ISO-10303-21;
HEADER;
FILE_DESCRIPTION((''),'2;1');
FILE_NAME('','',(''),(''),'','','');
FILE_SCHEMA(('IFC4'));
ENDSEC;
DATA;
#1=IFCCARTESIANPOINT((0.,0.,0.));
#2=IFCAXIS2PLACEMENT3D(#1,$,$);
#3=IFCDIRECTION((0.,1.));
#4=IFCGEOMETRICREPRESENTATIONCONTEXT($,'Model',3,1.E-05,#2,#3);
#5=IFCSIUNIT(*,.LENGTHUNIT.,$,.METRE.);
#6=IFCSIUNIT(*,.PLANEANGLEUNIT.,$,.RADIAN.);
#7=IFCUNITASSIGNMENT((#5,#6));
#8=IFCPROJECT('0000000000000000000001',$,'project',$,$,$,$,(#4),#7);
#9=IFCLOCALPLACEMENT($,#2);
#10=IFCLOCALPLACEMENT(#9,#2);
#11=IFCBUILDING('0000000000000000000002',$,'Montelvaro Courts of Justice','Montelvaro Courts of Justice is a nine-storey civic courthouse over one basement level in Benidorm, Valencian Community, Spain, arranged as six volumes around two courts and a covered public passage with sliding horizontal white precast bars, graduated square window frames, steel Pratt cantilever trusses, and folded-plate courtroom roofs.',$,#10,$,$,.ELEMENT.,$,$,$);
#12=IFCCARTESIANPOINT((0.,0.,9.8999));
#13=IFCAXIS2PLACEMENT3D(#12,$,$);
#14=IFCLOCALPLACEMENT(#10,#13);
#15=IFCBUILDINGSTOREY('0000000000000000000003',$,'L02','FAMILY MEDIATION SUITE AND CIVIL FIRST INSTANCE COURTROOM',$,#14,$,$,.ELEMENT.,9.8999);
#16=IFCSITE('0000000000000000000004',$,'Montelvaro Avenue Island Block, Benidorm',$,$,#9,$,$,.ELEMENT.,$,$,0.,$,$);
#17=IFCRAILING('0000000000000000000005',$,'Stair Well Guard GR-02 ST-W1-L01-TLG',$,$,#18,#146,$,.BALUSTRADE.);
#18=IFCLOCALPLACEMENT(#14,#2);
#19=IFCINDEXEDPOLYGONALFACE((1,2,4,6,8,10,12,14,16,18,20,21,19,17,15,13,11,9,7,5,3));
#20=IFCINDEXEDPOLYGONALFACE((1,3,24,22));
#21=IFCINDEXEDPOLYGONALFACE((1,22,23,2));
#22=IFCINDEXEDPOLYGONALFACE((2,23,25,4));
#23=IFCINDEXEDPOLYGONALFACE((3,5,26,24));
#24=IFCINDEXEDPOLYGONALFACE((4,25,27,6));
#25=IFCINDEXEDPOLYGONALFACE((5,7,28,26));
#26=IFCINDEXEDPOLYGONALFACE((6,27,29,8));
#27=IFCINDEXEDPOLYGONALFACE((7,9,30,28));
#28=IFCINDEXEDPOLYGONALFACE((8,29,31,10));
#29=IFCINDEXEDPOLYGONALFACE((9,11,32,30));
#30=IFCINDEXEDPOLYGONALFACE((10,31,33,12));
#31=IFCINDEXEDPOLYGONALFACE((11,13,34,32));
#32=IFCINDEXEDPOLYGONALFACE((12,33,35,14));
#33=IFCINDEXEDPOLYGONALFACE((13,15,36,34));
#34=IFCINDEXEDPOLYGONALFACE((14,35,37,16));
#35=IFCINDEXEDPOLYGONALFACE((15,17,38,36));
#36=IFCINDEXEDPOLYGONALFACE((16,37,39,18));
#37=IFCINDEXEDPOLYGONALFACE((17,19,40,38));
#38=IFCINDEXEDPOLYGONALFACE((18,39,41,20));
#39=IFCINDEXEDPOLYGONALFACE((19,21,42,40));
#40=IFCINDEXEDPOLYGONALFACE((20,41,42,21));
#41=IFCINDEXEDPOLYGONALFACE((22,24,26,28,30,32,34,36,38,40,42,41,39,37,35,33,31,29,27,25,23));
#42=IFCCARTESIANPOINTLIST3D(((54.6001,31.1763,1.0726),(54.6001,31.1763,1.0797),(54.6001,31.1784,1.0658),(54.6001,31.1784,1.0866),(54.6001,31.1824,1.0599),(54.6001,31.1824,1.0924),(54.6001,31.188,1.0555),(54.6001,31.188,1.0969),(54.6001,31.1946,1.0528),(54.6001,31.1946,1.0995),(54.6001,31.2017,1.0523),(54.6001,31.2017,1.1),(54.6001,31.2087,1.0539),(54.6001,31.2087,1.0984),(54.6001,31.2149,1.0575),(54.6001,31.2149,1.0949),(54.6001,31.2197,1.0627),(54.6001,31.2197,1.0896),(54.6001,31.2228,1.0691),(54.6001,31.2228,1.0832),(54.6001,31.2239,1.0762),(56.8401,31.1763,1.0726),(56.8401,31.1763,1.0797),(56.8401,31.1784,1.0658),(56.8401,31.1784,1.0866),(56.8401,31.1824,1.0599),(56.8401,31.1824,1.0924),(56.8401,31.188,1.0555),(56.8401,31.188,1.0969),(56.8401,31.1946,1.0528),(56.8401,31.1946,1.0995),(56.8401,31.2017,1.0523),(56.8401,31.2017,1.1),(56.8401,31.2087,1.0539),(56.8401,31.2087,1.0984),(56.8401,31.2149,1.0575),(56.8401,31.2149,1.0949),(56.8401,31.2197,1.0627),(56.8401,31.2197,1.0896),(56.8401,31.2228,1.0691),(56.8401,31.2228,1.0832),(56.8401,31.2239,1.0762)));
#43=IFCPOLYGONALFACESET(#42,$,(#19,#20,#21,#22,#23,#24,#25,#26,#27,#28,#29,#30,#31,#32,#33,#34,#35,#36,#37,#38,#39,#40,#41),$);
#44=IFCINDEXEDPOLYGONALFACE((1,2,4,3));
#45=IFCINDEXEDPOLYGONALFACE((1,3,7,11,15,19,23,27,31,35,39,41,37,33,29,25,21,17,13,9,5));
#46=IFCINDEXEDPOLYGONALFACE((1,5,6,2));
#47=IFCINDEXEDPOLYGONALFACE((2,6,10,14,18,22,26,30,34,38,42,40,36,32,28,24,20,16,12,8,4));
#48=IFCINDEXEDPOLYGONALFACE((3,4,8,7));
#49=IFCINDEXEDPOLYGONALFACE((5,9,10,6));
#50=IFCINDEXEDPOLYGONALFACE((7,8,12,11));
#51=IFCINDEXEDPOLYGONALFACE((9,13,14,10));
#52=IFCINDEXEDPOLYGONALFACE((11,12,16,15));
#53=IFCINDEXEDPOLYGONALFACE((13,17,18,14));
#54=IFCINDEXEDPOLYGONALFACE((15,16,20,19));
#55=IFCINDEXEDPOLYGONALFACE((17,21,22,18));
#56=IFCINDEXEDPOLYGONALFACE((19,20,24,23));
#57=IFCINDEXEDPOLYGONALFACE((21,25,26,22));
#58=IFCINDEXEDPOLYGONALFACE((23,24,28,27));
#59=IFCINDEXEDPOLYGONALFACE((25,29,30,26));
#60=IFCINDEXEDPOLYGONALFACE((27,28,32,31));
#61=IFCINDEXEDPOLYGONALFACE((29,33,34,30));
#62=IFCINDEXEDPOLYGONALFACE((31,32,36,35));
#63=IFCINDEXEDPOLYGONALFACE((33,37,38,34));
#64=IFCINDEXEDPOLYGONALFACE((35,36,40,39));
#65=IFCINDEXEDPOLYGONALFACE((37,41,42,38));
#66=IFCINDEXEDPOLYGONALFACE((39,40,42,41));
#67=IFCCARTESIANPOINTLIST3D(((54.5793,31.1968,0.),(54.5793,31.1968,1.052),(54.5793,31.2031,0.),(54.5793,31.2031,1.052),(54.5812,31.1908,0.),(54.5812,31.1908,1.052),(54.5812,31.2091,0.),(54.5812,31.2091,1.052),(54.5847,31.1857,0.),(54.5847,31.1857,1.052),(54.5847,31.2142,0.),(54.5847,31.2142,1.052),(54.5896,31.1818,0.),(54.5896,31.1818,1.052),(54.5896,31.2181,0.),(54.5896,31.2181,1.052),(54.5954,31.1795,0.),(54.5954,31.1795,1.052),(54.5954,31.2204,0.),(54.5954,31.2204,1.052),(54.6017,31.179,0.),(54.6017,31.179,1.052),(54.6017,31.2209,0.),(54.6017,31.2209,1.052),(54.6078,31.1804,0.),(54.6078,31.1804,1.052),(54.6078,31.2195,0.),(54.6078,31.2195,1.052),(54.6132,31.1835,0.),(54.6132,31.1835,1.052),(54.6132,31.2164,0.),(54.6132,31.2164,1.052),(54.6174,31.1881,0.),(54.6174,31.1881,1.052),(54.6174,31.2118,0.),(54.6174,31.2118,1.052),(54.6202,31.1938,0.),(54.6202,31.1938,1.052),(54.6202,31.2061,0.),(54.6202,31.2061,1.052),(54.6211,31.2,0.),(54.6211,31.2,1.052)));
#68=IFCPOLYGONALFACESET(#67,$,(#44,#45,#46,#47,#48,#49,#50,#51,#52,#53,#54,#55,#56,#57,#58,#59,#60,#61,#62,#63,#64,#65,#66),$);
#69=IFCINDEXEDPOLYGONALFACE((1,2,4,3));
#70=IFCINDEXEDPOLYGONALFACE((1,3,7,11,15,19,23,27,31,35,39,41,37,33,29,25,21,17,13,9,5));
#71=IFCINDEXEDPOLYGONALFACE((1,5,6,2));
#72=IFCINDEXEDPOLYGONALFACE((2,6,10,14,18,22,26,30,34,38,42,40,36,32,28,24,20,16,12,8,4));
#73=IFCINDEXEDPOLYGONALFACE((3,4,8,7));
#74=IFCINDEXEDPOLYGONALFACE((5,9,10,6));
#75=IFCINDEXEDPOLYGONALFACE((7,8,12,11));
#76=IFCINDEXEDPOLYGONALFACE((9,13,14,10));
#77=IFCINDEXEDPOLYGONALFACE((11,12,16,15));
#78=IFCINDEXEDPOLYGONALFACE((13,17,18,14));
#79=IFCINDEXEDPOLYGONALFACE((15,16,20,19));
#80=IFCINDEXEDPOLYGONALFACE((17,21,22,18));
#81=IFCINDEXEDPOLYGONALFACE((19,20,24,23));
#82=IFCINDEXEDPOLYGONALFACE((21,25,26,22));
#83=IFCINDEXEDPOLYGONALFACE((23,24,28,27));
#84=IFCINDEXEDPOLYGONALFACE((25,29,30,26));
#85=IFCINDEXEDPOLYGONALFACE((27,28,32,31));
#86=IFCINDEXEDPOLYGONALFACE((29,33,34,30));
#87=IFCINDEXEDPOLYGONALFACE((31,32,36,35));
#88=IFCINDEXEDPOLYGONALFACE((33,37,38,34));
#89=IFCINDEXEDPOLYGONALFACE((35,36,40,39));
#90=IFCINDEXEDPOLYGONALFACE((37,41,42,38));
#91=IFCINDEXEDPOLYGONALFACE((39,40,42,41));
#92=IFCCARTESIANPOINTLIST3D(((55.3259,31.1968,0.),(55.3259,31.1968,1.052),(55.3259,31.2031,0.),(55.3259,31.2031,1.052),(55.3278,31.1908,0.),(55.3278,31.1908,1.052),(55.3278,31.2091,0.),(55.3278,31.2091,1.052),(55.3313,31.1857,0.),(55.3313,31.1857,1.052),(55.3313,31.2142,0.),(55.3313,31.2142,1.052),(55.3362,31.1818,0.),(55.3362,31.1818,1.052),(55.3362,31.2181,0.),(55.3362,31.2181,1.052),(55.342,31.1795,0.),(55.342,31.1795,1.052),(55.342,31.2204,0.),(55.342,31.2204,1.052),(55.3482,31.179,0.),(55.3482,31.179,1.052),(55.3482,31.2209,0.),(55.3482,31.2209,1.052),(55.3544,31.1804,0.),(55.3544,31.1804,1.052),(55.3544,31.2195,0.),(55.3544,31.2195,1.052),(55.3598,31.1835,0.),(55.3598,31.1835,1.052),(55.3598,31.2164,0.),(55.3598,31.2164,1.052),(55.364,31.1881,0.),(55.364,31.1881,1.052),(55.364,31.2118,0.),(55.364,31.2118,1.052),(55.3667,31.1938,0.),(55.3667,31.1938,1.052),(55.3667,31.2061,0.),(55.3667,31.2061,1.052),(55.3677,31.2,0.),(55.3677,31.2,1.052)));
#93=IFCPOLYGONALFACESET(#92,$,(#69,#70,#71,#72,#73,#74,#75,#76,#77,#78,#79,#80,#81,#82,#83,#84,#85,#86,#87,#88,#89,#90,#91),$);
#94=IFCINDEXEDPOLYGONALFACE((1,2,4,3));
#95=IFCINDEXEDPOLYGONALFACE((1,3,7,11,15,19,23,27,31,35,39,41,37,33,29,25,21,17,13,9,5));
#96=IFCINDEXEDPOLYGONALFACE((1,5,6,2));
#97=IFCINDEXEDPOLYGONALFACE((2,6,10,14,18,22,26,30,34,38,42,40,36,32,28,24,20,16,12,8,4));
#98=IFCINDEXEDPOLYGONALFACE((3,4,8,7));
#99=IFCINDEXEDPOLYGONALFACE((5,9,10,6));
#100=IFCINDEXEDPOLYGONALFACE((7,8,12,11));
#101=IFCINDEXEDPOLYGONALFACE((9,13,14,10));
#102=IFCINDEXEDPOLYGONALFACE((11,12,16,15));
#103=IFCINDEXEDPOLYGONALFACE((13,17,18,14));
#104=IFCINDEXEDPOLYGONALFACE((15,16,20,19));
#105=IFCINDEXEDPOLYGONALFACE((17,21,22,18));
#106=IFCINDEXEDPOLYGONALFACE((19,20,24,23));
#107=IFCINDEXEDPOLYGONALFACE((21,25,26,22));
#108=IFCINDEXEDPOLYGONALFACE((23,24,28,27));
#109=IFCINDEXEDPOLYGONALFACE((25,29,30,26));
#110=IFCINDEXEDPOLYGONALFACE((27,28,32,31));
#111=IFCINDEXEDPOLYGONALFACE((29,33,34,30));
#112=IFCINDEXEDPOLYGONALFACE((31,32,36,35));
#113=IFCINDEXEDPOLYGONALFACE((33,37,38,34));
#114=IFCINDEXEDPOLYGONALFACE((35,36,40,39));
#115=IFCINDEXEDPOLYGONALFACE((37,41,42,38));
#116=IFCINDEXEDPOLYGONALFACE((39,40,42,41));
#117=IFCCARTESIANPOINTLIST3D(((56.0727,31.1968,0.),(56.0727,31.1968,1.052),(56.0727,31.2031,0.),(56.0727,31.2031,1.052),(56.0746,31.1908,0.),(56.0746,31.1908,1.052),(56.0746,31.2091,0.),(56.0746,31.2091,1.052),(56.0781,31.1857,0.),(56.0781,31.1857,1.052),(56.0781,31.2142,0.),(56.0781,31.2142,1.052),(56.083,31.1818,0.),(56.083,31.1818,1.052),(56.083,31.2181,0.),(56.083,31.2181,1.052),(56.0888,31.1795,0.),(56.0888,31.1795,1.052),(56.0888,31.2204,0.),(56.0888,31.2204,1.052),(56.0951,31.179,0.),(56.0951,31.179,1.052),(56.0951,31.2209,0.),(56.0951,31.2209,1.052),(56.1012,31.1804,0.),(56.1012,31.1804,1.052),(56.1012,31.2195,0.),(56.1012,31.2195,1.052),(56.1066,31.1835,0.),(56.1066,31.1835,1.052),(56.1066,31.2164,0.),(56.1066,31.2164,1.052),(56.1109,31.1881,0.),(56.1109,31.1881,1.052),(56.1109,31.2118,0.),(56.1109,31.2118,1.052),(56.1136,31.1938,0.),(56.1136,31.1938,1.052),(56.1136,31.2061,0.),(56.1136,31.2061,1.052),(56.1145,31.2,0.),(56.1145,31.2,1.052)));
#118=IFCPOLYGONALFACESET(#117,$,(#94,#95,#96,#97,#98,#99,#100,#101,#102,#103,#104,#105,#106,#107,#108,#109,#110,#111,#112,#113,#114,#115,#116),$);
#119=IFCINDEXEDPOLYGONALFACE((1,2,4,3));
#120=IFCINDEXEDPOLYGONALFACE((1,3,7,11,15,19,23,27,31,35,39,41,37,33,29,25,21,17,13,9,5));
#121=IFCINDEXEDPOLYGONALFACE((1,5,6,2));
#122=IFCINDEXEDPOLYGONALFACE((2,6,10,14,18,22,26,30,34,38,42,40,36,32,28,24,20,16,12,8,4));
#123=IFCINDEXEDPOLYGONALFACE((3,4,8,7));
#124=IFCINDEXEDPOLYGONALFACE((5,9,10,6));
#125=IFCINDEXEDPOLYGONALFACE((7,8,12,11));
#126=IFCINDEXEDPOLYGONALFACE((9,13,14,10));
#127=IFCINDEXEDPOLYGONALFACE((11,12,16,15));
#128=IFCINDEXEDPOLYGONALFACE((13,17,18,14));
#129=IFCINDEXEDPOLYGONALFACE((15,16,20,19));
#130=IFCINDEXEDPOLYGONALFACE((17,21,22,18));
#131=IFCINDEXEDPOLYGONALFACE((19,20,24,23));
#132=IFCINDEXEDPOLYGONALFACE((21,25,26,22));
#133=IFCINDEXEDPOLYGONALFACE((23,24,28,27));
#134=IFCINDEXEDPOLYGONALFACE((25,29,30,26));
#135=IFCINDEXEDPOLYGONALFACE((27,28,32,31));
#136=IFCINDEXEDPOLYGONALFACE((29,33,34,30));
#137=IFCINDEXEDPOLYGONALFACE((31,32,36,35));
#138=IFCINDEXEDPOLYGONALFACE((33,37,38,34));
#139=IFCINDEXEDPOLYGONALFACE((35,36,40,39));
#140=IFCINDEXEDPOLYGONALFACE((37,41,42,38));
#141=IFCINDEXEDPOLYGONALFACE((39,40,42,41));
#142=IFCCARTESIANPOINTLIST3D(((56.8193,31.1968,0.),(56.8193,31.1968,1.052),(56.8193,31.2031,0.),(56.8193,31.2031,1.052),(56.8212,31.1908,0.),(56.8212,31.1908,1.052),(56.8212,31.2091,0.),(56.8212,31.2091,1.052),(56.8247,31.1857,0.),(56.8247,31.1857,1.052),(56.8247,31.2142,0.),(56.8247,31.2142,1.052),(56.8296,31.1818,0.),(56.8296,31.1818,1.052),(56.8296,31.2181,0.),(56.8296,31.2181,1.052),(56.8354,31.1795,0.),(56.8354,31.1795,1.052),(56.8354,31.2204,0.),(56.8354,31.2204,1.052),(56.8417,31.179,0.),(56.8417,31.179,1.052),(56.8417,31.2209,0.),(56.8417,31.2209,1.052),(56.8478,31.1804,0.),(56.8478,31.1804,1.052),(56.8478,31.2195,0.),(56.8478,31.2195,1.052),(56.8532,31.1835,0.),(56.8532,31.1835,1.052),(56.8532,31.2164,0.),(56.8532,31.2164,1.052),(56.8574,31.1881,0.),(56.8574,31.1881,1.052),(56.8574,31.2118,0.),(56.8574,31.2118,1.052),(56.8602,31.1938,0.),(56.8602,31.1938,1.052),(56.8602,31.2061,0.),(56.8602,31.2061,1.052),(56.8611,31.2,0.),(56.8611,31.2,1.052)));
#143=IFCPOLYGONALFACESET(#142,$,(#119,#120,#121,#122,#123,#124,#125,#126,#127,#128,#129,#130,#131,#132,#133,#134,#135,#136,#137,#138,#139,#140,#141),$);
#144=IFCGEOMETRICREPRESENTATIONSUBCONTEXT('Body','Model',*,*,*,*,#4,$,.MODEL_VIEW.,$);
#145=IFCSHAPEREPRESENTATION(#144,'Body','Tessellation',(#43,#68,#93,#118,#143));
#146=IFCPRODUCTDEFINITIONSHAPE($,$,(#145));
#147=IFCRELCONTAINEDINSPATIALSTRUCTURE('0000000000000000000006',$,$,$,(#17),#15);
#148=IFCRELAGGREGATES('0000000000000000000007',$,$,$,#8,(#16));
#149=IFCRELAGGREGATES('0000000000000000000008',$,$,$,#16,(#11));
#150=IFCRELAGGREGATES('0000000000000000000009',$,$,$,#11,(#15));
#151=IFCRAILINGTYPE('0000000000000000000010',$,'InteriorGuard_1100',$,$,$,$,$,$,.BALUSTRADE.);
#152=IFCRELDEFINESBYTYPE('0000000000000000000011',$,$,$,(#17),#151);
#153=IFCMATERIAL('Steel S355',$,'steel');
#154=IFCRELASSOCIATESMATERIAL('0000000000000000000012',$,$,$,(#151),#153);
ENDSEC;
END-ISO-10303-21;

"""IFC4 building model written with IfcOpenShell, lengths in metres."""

from ifc_helpers import new_model, si_unit, direction, frame, origin, origin_2d, place, context, subcontext, project, spatial, circle, extrude, material, type_object, element, save


model = new_model("IFC4")

# Units and contexts
model_context = context("Model", 3, precision=1e-05, world=origin(), true_north=direction((0.0, 1.0)))
body_context = subcontext(model_context, "Body", "Model", "MODEL_VIEW")
ifc_project = project(units=[si_unit("LENGTHUNIT", "METRE"), si_unit("PLANEANGLEUNIT", "RADIAN")], contexts=[model_context])

# Site, building, storey
site_placement = place(None, origin())
site = spatial("IfcSite", under=ifc_project, at=site_placement, Name="Montelvaro Avenue Island Block, Benidorm", CompositionType="ELEMENT", RefElevation=0.0)
building_placement = place(site_placement, origin())
building = spatial("IfcBuilding", under=site, at=building_placement, Name="Montelvaro Courts of Justice", Description="Montelvaro Courts of Justice is a nine-storey civic courthouse over one basement level in Benidorm, Valencian Community, Spain, arranged as six volumes around two courts and a covered public passage with sliding horizontal white precast bars, graduated square window frames, steel Pratt cantilever trusses, and folded-plate courtroom roofs.", CompositionType="ELEMENT")
storey_placement = place(building_placement, frame((0.0, 0.0, 9.8999)))
storey = spatial("IfcBuildingStorey", under=building, at=storey_placement, Name="L02", Description="FAMILY MEDIATION SUITE AND CIVIL FIRST INSTANCE COURTROOM", CompositionType="ELEMENT", Elevation=9.8999)

# Shared definitions
ifc_material_1 = material(Name="Steel S355", Category="steel")

# Railing
railing_type_1 = type_object("IfcRailingType", Name="InteriorGuard_1100", PredefinedType="BALUSTRADE", material=ifc_material_1)
railing_1_placement = place(storey_placement, frame((54.6001, 31.2, 0.0)))
element("IfcRailing", 1, at=railing_1_placement, inside=storey, type_object=railing_type_1, Name="Stair Well Guard GR-02 ST-W1-L01-TLG", PredefinedType="BALUSTRADE", context=body_context, shape_type="SweptSolid", body=[
    extrude(circle(Radius=0.0239, at=origin_2d()), frame((0.0, 0.0, 1.0762), z_axis=(1.0, 0.0, 0.0), x_axis=(0.0, 1.0, 0.0)), (0.0, 0.0, 1.0), 2.24),
    extrude(circle(Radius=0.021, at=origin_2d()), origin(), (0.0, 0.0, 1.0), 1.052),
    extrude(circle(Radius=0.021, at=origin_2d()), frame((0.7466, 0.0, 0.0)), (0.0, 0.0, 1.0), 1.052),
    extrude(circle(Radius=0.021, at=origin_2d()), frame((1.4934, 0.0, 0.0)), (0.0, 0.0, 1.0), 1.052),
    extrude(circle(Radius=0.021, at=origin_2d()), frame((2.24, 0.0, 0.0)), (0.0, 0.0, 1.0), 1.052),
])

save(model, "model.ifc")
